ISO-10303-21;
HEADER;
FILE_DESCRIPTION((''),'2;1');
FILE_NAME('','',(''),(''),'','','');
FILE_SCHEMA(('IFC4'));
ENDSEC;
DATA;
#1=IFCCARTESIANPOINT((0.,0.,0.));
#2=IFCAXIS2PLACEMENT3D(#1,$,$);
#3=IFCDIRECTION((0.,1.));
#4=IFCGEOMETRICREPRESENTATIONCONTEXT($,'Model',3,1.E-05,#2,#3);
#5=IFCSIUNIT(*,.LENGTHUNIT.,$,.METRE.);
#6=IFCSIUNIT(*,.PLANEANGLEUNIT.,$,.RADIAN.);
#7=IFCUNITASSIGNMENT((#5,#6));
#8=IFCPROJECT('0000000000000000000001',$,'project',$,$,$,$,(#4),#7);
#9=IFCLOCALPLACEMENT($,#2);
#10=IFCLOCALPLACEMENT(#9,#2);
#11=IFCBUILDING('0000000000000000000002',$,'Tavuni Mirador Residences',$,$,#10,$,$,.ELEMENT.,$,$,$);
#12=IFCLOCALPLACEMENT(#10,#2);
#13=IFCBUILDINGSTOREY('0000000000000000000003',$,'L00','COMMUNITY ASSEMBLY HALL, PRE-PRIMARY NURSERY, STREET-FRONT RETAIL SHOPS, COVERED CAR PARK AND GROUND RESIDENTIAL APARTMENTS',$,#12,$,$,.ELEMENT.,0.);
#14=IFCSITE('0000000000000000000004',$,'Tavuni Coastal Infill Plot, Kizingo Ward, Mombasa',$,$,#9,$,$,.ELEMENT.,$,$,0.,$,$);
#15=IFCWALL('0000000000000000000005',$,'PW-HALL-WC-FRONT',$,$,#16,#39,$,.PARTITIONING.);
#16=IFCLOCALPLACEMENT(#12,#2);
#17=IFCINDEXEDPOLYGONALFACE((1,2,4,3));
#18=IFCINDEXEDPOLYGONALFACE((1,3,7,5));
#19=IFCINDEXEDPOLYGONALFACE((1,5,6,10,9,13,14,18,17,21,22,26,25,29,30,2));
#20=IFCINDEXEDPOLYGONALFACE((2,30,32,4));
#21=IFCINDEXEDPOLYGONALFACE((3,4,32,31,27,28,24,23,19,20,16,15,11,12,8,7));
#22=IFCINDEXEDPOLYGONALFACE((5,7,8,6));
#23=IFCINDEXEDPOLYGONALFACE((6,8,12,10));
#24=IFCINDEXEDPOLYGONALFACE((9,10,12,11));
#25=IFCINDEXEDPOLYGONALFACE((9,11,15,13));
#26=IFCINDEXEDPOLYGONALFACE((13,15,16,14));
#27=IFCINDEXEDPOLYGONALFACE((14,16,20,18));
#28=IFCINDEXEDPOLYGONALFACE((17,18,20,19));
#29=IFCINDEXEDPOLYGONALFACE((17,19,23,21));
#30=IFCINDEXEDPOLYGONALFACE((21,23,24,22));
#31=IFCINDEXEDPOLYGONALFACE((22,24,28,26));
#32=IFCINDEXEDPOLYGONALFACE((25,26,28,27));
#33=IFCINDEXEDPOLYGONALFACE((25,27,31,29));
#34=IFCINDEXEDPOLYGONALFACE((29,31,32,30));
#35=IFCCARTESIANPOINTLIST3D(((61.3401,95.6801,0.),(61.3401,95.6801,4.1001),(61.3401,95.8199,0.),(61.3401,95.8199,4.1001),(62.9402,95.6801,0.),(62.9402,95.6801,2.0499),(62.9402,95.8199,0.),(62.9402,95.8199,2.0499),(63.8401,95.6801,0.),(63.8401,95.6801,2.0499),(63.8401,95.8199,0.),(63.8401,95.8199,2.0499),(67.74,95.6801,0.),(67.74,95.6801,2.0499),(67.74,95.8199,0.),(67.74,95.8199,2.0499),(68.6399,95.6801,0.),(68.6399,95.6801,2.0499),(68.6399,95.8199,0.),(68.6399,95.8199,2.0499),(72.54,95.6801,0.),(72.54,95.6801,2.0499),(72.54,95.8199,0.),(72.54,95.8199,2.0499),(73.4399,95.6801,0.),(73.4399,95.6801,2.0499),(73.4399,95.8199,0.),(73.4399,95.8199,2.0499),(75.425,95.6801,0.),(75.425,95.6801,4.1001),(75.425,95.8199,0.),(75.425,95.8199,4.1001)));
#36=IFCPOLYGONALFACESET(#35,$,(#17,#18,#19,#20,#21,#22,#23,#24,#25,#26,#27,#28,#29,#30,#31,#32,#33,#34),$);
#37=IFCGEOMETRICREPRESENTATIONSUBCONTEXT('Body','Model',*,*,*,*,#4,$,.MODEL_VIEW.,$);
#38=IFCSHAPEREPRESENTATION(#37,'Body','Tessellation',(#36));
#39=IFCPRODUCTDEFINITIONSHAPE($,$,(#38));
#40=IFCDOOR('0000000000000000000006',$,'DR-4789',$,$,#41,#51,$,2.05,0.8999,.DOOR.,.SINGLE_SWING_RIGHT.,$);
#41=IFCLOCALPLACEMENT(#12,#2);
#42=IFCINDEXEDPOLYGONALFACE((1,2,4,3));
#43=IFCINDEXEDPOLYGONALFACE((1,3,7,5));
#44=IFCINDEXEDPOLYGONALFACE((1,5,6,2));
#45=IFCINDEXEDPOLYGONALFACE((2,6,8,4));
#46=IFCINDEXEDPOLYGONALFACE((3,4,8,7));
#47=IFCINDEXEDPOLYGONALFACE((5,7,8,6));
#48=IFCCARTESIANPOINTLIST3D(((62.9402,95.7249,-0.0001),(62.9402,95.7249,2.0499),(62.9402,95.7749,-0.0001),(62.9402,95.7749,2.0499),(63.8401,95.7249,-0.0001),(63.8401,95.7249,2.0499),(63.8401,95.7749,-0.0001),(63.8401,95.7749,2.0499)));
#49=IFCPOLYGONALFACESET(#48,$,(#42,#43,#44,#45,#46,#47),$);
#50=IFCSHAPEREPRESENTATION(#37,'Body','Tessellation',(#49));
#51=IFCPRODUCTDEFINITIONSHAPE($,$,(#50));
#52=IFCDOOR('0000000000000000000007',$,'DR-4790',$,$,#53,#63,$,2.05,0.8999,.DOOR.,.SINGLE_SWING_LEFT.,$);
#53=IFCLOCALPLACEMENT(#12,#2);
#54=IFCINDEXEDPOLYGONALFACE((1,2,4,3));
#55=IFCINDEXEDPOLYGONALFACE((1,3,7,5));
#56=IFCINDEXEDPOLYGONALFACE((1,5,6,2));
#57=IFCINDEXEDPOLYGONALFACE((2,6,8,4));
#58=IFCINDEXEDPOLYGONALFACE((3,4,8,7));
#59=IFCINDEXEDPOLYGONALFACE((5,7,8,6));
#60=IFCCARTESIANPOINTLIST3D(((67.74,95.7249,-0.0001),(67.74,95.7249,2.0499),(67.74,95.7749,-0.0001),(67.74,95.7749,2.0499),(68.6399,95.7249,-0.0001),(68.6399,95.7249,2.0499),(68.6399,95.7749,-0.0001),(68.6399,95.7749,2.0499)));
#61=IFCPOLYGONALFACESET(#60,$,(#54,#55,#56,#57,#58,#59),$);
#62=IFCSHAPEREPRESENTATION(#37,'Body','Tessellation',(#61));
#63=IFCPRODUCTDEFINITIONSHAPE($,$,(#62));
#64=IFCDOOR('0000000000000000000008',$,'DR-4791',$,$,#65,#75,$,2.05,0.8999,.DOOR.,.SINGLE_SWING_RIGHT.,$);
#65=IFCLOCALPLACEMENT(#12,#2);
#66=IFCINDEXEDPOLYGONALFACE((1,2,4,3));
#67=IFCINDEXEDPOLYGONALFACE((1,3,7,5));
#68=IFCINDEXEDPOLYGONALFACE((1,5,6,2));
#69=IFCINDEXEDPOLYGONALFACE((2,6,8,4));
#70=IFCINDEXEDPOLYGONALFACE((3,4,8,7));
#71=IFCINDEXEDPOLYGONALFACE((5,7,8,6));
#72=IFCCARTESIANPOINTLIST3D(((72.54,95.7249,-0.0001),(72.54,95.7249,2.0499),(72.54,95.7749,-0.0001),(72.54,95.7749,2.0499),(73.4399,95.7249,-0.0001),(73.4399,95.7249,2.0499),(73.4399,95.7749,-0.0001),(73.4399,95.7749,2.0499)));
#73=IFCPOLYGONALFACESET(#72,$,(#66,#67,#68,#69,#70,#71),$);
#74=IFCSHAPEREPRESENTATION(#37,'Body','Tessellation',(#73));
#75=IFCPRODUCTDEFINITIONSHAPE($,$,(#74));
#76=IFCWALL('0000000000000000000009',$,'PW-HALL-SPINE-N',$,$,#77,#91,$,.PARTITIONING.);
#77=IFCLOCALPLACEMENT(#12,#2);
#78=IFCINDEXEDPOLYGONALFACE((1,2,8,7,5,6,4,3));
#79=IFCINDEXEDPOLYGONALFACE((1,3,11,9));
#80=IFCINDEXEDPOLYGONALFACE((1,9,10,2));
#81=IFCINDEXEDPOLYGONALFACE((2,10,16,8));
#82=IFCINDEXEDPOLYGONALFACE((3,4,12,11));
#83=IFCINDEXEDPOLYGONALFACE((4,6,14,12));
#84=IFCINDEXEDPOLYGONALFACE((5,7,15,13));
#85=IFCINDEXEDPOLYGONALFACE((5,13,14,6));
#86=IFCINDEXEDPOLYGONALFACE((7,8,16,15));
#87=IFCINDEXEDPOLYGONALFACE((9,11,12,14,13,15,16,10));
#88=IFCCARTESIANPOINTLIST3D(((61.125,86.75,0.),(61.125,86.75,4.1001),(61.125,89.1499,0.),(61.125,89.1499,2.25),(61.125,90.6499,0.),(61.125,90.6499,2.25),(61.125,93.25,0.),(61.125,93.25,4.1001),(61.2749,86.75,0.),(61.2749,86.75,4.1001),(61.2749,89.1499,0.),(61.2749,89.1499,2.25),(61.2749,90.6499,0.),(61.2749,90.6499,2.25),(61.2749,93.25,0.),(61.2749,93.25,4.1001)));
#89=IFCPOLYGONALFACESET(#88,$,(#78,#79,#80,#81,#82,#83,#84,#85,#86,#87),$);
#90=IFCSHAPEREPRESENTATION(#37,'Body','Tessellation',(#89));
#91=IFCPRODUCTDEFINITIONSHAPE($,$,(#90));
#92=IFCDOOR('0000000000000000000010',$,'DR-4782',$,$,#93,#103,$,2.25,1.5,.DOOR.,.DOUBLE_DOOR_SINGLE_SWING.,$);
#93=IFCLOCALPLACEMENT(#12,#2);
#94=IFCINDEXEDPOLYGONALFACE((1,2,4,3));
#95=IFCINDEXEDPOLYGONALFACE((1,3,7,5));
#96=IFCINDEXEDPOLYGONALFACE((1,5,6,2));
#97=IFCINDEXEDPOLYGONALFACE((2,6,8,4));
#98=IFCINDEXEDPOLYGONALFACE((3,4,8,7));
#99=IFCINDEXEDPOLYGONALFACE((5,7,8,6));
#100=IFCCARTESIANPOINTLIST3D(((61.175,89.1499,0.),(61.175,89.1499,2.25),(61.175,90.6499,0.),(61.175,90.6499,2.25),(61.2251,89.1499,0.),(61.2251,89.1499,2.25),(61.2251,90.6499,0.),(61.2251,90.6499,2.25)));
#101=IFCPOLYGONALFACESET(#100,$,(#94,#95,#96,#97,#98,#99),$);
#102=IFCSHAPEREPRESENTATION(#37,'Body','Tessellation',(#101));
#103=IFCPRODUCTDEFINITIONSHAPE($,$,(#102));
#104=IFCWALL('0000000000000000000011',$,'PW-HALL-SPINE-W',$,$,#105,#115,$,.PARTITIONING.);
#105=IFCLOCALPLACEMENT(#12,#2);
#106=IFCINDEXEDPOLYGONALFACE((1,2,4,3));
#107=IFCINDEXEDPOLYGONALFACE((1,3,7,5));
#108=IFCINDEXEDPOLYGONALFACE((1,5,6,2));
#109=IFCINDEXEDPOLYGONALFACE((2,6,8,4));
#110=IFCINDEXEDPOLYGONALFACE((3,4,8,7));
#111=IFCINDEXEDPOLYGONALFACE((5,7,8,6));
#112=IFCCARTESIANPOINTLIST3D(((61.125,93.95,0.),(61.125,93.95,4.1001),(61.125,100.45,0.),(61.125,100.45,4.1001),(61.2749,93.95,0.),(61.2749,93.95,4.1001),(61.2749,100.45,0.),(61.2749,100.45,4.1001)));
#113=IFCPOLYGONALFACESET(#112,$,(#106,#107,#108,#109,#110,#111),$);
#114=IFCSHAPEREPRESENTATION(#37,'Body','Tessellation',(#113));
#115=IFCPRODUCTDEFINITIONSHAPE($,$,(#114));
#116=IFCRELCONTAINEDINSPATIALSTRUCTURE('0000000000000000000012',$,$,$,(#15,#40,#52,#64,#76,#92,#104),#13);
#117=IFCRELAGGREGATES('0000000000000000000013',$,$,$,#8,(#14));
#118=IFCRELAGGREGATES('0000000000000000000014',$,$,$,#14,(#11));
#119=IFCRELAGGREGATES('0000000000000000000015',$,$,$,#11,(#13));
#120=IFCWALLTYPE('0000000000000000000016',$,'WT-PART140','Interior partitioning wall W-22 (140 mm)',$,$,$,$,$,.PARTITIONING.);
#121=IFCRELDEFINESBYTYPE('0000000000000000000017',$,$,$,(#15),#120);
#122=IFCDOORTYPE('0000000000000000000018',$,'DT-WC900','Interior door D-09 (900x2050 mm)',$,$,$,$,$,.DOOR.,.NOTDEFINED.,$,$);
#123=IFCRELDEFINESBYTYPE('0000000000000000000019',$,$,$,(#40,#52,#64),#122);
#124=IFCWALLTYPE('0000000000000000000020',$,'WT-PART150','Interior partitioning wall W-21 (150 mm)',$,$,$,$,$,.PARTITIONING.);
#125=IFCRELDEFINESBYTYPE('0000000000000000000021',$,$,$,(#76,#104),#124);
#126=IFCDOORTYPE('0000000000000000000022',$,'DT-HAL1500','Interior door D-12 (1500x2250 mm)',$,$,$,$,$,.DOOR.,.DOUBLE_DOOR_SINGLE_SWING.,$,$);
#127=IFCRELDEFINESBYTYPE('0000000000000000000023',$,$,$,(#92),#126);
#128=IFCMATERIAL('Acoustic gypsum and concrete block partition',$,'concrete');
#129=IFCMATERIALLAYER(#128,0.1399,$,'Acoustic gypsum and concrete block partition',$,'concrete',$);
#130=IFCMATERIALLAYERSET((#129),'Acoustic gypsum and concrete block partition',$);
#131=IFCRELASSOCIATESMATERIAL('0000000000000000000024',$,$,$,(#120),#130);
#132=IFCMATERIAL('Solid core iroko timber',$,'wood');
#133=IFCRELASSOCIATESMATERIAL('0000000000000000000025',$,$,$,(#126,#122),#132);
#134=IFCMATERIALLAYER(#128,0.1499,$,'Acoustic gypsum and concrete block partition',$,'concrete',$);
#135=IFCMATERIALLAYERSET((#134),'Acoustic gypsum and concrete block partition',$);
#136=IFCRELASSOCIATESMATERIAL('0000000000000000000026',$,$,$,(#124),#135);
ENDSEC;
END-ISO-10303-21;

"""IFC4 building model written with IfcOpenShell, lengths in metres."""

from ifc_helpers import new_model, si_unit, direction, frame, frame_2d, origin, place, context, subcontext, project, spatial, rectangle, extrude, material, layer, layer_set, type_object, element, fill, save


model = new_model("IFC4")

# Units and contexts
model_context = context("Model", 3, precision=1e-05, world=origin(), true_north=direction((0.0, 1.0)))
body_context = subcontext(model_context, "Body", "Model", "MODEL_VIEW")
ifc_project = project(units=[si_unit("LENGTHUNIT", "METRE"), si_unit("PLANEANGLEUNIT", "RADIAN")], contexts=[model_context])

# Site, building, storey
site_placement = place(None, origin())
site = spatial("IfcSite", under=ifc_project, at=site_placement, Name="Tavuni Coastal Infill Plot, Kizingo Ward, Mombasa", CompositionType="ELEMENT", RefElevation=0.0)
building_placement = place(site_placement, origin())
building = spatial("IfcBuilding", under=site, at=building_placement, Name="Tavuni Mirador Residences", CompositionType="ELEMENT")
storey_placement = place(building_placement, origin())
storey = spatial("IfcBuildingStorey", under=building, at=storey_placement, Name="L00", Description="COMMUNITY ASSEMBLY HALL, PRE-PRIMARY NURSERY, STREET-FRONT RETAIL SHOPS, COVERED CAR PARK AND GROUND RESIDENTIAL APARTMENTS", CompositionType="ELEMENT", Elevation=0.0)

# Shared definitions
ifc_material_1 = material(Name="Acoustic gypsum and concrete block partition", Category="concrete")
ifc_layer_1 = layer(ifc_material_1, 0.1399, Name="Acoustic gypsum and concrete block partition", Category="concrete")
ifc_layer_set_1 = layer_set([ifc_layer_1], Name="Acoustic gypsum and concrete block partition")
wall_type_1 = type_object("IfcWallType", Name="WT-PART140", Description="Interior partitioning wall W-22 (140 mm)", PredefinedType="PARTITIONING", material=ifc_layer_set_1)
ifc_material_2 = material(Name="Solid core iroko timber", Category="wood")
door_type_1 = type_object("IfcDoorType", Name="DT-HAL1500", Description="Interior door D-12 (1500x2250 mm)", OperationType="DOUBLE_DOOR_SINGLE_SWING", PredefinedType="DOOR", material=ifc_material_2)

# Wall, openings, doors
wall_1_placement = place(storey_placement, frame((61.3401, 95.75, 0.0), z_axis=(0.0, 0.0, 1.0), x_axis=(1.0, 0.0, 0.0)))
wall_1 = element("IfcWall", 1, at=wall_1_placement, inside=storey, type_object=wall_type_1, Name="PW-HALL-WC-FRONT", PredefinedType="PARTITIONING", context=body_context, shape_type="SweptSolid", body=[
    extrude(rectangle(XDim=14.085, YDim=0.1399, at=frame_2d((7.0425, 0.0))), origin(), (0.0, 0.0, 1.0), 4.1001),
])
opening_1_placement = place(wall_1_placement, frame((1.6001, 0.0, 0.0)))
opening_1 = element("IfcOpeningElement", 2, at=opening_1_placement, cuts=wall_1, PredefinedType="OPENING", context=body_context, shape_type="SweptSolid", body=[
    extrude(rectangle(XDim=0.8999, YDim=2.05, at=frame_2d((0.45, 1.0249))), frame((0.0, 0.0801, 0.0), z_axis=(0.0, -1.0, 0.0), x_axis=(1.0, 0.0, 0.0)), (0.0, 0.0, 1.0), 0.1599),
])
opening_2_placement = place(wall_1_placement, frame((6.3999, 0.0, 0.0)))
opening_2 = element("IfcOpeningElement", 3, at=opening_2_placement, cuts=wall_1, PredefinedType="OPENING", context=body_context, shape_type="SweptSolid", body=[
    extrude(rectangle(XDim=0.8999, YDim=2.05, at=frame_2d((0.45, 1.0249))), frame((0.0, 0.0801, 0.0), z_axis=(0.0, -1.0, 0.0), x_axis=(1.0, 0.0, 0.0)), (0.0, 0.0, 1.0), 0.1599),
])
opening_3_placement = place(wall_1_placement, frame((11.2, 0.0, 0.0)))
opening_3 = element("IfcOpeningElement", 4, at=opening_3_placement, cuts=wall_1, PredefinedType="OPENING", context=body_context, shape_type="SweptSolid", body=[
    extrude(rectangle(XDim=0.8999, YDim=2.05, at=frame_2d((0.45, 1.0249))), frame((0.0, 0.0801, 0.0), z_axis=(0.0, -1.0, 0.0), x_axis=(1.0, 0.0, 0.0)), (0.0, 0.0, 1.0), 0.1599),
])
door_type_2 = type_object("IfcDoorType", Name="DT-WC900", Description="Interior door D-09 (900x2050 mm)", OperationType="NOTDEFINED", PredefinedType="DOOR", material=ifc_material_2)
door_1_placement = place(opening_1_placement, origin())
door_1 = element("IfcDoor", 5, at=door_1_placement, inside=storey, type_object=door_type_2, Name="DR-4789", OperationType="SINGLE_SWING_RIGHT", OverallHeight=2.05, OverallWidth=0.8999, PredefinedType="DOOR", context=body_context, shape_type="SweptSolid", body=[
    extrude(rectangle(XDim=0.8999, YDim=2.05, at=frame_2d((0.45, 1.0249))), frame((0.0, 0.0249, 0.0), z_axis=(0.0, -1.0, 0.0), x_axis=(1.0, 0.0, 0.0)), (0.0, 0.0, 1.0), 0.05),
])
fill(opening_1, door_1)
door_2_placement = place(opening_2_placement, origin())
door_2 = element("IfcDoor", 6, at=door_2_placement, inside=storey, type_object=door_type_2, Name="DR-4790", OperationType="SINGLE_SWING_LEFT", OverallHeight=2.05, OverallWidth=0.8999, PredefinedType="DOOR", context=body_context, shape_type="SweptSolid", body=[
    extrude(rectangle(XDim=0.8999, YDim=2.05, at=frame_2d((0.45, 1.0249))), frame((0.0, 0.0249, 0.0), z_axis=(0.0, -1.0, 0.0), x_axis=(1.0, 0.0, 0.0)), (0.0, 0.0, 1.0), 0.05),
])
fill(opening_2, door_2)
door_3_placement = place(opening_3_placement, origin())
door_3 = element("IfcDoor", 7, at=door_3_placement, inside=storey, type_object=door_type_2, Name="DR-4791", OperationType="SINGLE_SWING_RIGHT", OverallHeight=2.05, OverallWidth=0.8999, PredefinedType="DOOR", context=body_context, shape_type="SweptSolid", body=[
    extrude(rectangle(XDim=0.8999, YDim=2.05, at=frame_2d((0.45, 1.0249))), frame((0.0, 0.0249, 0.0), z_axis=(0.0, -1.0, 0.0), x_axis=(1.0, 0.0, 0.0)), (0.0, 0.0, 1.0), 0.05),
])
fill(opening_3, door_3)

# Wall, opening, door
ifc_layer_2 = layer(ifc_material_1, 0.1499, Name="Acoustic gypsum and concrete block partition", Category="concrete")
ifc_layer_set_2 = layer_set([ifc_layer_2], Name="Acoustic gypsum and concrete block partition")
wall_type_2 = type_object("IfcWallType", Name="WT-PART150", Description="Interior partitioning wall W-21 (150 mm)", PredefinedType="PARTITIONING", material=ifc_layer_set_2)
wall_2_placement = place(storey_placement, frame((61.2, 86.75, 0.0), z_axis=(0.0, 0.0, 1.0), x_axis=(0.0, 1.0, 0.0)))
wall_2 = element("IfcWall", 8, at=wall_2_placement, inside=storey, type_object=wall_type_2, Name="PW-HALL-SPINE-N", PredefinedType="PARTITIONING", context=body_context, shape_type="SweptSolid", body=[
    extrude(rectangle(XDim=6.5, YDim=0.1499, at=frame_2d((3.25, 0.0))), origin(), (0.0, 0.0, 1.0), 4.1001),
])
opening_4_placement = place(wall_2_placement, frame((2.3999, 0.0, 0.0)))
opening_4 = element("IfcOpeningElement", 9, at=opening_4_placement, cuts=wall_2, PredefinedType="OPENING", context=body_context, shape_type="SweptSolid", body=[
    extrude(rectangle(XDim=1.5, YDim=2.25, at=frame_2d((0.75, 1.125))), frame((0.0, 0.085, 0.0), z_axis=(0.0, -1.0, 0.0), x_axis=(1.0, 0.0, 0.0)), (0.0, 0.0, 1.0), 0.1699),
])
door_4_placement = place(opening_4_placement, origin())
door_4 = element("IfcDoor", 10, at=door_4_placement, inside=storey, type_object=door_type_1, Name="DR-4782", OperationType="DOUBLE_DOOR_SINGLE_SWING", OverallHeight=2.25, OverallWidth=1.5, PredefinedType="DOOR", context=body_context, shape_type="SweptSolid", body=[
    extrude(rectangle(XDim=1.5, YDim=2.25, at=frame_2d((0.75, 1.125))), frame((0.0, 0.0249, 0.0), z_axis=(0.0, -1.0, 0.0), x_axis=(1.0, 0.0, 0.0)), (0.0, 0.0, 1.0), 0.05),
])
fill(opening_4, door_4)

# Wall
wall_3_placement = place(storey_placement, frame((61.2, 93.95, 0.0), z_axis=(0.0, 0.0, 1.0), x_axis=(0.0, 1.0, 0.0)))
element("IfcWall", 11, at=wall_3_placement, inside=storey, type_object=wall_type_2, Name="PW-HALL-SPINE-W", PredefinedType="PARTITIONING", context=body_context, shape_type="SweptSolid", body=[
    extrude(rectangle(XDim=6.5, YDim=0.1499, at=frame_2d((3.25, 0.0))), origin(), (0.0, 0.0, 1.0), 4.1001),
])

save(model, "model.ifc")
